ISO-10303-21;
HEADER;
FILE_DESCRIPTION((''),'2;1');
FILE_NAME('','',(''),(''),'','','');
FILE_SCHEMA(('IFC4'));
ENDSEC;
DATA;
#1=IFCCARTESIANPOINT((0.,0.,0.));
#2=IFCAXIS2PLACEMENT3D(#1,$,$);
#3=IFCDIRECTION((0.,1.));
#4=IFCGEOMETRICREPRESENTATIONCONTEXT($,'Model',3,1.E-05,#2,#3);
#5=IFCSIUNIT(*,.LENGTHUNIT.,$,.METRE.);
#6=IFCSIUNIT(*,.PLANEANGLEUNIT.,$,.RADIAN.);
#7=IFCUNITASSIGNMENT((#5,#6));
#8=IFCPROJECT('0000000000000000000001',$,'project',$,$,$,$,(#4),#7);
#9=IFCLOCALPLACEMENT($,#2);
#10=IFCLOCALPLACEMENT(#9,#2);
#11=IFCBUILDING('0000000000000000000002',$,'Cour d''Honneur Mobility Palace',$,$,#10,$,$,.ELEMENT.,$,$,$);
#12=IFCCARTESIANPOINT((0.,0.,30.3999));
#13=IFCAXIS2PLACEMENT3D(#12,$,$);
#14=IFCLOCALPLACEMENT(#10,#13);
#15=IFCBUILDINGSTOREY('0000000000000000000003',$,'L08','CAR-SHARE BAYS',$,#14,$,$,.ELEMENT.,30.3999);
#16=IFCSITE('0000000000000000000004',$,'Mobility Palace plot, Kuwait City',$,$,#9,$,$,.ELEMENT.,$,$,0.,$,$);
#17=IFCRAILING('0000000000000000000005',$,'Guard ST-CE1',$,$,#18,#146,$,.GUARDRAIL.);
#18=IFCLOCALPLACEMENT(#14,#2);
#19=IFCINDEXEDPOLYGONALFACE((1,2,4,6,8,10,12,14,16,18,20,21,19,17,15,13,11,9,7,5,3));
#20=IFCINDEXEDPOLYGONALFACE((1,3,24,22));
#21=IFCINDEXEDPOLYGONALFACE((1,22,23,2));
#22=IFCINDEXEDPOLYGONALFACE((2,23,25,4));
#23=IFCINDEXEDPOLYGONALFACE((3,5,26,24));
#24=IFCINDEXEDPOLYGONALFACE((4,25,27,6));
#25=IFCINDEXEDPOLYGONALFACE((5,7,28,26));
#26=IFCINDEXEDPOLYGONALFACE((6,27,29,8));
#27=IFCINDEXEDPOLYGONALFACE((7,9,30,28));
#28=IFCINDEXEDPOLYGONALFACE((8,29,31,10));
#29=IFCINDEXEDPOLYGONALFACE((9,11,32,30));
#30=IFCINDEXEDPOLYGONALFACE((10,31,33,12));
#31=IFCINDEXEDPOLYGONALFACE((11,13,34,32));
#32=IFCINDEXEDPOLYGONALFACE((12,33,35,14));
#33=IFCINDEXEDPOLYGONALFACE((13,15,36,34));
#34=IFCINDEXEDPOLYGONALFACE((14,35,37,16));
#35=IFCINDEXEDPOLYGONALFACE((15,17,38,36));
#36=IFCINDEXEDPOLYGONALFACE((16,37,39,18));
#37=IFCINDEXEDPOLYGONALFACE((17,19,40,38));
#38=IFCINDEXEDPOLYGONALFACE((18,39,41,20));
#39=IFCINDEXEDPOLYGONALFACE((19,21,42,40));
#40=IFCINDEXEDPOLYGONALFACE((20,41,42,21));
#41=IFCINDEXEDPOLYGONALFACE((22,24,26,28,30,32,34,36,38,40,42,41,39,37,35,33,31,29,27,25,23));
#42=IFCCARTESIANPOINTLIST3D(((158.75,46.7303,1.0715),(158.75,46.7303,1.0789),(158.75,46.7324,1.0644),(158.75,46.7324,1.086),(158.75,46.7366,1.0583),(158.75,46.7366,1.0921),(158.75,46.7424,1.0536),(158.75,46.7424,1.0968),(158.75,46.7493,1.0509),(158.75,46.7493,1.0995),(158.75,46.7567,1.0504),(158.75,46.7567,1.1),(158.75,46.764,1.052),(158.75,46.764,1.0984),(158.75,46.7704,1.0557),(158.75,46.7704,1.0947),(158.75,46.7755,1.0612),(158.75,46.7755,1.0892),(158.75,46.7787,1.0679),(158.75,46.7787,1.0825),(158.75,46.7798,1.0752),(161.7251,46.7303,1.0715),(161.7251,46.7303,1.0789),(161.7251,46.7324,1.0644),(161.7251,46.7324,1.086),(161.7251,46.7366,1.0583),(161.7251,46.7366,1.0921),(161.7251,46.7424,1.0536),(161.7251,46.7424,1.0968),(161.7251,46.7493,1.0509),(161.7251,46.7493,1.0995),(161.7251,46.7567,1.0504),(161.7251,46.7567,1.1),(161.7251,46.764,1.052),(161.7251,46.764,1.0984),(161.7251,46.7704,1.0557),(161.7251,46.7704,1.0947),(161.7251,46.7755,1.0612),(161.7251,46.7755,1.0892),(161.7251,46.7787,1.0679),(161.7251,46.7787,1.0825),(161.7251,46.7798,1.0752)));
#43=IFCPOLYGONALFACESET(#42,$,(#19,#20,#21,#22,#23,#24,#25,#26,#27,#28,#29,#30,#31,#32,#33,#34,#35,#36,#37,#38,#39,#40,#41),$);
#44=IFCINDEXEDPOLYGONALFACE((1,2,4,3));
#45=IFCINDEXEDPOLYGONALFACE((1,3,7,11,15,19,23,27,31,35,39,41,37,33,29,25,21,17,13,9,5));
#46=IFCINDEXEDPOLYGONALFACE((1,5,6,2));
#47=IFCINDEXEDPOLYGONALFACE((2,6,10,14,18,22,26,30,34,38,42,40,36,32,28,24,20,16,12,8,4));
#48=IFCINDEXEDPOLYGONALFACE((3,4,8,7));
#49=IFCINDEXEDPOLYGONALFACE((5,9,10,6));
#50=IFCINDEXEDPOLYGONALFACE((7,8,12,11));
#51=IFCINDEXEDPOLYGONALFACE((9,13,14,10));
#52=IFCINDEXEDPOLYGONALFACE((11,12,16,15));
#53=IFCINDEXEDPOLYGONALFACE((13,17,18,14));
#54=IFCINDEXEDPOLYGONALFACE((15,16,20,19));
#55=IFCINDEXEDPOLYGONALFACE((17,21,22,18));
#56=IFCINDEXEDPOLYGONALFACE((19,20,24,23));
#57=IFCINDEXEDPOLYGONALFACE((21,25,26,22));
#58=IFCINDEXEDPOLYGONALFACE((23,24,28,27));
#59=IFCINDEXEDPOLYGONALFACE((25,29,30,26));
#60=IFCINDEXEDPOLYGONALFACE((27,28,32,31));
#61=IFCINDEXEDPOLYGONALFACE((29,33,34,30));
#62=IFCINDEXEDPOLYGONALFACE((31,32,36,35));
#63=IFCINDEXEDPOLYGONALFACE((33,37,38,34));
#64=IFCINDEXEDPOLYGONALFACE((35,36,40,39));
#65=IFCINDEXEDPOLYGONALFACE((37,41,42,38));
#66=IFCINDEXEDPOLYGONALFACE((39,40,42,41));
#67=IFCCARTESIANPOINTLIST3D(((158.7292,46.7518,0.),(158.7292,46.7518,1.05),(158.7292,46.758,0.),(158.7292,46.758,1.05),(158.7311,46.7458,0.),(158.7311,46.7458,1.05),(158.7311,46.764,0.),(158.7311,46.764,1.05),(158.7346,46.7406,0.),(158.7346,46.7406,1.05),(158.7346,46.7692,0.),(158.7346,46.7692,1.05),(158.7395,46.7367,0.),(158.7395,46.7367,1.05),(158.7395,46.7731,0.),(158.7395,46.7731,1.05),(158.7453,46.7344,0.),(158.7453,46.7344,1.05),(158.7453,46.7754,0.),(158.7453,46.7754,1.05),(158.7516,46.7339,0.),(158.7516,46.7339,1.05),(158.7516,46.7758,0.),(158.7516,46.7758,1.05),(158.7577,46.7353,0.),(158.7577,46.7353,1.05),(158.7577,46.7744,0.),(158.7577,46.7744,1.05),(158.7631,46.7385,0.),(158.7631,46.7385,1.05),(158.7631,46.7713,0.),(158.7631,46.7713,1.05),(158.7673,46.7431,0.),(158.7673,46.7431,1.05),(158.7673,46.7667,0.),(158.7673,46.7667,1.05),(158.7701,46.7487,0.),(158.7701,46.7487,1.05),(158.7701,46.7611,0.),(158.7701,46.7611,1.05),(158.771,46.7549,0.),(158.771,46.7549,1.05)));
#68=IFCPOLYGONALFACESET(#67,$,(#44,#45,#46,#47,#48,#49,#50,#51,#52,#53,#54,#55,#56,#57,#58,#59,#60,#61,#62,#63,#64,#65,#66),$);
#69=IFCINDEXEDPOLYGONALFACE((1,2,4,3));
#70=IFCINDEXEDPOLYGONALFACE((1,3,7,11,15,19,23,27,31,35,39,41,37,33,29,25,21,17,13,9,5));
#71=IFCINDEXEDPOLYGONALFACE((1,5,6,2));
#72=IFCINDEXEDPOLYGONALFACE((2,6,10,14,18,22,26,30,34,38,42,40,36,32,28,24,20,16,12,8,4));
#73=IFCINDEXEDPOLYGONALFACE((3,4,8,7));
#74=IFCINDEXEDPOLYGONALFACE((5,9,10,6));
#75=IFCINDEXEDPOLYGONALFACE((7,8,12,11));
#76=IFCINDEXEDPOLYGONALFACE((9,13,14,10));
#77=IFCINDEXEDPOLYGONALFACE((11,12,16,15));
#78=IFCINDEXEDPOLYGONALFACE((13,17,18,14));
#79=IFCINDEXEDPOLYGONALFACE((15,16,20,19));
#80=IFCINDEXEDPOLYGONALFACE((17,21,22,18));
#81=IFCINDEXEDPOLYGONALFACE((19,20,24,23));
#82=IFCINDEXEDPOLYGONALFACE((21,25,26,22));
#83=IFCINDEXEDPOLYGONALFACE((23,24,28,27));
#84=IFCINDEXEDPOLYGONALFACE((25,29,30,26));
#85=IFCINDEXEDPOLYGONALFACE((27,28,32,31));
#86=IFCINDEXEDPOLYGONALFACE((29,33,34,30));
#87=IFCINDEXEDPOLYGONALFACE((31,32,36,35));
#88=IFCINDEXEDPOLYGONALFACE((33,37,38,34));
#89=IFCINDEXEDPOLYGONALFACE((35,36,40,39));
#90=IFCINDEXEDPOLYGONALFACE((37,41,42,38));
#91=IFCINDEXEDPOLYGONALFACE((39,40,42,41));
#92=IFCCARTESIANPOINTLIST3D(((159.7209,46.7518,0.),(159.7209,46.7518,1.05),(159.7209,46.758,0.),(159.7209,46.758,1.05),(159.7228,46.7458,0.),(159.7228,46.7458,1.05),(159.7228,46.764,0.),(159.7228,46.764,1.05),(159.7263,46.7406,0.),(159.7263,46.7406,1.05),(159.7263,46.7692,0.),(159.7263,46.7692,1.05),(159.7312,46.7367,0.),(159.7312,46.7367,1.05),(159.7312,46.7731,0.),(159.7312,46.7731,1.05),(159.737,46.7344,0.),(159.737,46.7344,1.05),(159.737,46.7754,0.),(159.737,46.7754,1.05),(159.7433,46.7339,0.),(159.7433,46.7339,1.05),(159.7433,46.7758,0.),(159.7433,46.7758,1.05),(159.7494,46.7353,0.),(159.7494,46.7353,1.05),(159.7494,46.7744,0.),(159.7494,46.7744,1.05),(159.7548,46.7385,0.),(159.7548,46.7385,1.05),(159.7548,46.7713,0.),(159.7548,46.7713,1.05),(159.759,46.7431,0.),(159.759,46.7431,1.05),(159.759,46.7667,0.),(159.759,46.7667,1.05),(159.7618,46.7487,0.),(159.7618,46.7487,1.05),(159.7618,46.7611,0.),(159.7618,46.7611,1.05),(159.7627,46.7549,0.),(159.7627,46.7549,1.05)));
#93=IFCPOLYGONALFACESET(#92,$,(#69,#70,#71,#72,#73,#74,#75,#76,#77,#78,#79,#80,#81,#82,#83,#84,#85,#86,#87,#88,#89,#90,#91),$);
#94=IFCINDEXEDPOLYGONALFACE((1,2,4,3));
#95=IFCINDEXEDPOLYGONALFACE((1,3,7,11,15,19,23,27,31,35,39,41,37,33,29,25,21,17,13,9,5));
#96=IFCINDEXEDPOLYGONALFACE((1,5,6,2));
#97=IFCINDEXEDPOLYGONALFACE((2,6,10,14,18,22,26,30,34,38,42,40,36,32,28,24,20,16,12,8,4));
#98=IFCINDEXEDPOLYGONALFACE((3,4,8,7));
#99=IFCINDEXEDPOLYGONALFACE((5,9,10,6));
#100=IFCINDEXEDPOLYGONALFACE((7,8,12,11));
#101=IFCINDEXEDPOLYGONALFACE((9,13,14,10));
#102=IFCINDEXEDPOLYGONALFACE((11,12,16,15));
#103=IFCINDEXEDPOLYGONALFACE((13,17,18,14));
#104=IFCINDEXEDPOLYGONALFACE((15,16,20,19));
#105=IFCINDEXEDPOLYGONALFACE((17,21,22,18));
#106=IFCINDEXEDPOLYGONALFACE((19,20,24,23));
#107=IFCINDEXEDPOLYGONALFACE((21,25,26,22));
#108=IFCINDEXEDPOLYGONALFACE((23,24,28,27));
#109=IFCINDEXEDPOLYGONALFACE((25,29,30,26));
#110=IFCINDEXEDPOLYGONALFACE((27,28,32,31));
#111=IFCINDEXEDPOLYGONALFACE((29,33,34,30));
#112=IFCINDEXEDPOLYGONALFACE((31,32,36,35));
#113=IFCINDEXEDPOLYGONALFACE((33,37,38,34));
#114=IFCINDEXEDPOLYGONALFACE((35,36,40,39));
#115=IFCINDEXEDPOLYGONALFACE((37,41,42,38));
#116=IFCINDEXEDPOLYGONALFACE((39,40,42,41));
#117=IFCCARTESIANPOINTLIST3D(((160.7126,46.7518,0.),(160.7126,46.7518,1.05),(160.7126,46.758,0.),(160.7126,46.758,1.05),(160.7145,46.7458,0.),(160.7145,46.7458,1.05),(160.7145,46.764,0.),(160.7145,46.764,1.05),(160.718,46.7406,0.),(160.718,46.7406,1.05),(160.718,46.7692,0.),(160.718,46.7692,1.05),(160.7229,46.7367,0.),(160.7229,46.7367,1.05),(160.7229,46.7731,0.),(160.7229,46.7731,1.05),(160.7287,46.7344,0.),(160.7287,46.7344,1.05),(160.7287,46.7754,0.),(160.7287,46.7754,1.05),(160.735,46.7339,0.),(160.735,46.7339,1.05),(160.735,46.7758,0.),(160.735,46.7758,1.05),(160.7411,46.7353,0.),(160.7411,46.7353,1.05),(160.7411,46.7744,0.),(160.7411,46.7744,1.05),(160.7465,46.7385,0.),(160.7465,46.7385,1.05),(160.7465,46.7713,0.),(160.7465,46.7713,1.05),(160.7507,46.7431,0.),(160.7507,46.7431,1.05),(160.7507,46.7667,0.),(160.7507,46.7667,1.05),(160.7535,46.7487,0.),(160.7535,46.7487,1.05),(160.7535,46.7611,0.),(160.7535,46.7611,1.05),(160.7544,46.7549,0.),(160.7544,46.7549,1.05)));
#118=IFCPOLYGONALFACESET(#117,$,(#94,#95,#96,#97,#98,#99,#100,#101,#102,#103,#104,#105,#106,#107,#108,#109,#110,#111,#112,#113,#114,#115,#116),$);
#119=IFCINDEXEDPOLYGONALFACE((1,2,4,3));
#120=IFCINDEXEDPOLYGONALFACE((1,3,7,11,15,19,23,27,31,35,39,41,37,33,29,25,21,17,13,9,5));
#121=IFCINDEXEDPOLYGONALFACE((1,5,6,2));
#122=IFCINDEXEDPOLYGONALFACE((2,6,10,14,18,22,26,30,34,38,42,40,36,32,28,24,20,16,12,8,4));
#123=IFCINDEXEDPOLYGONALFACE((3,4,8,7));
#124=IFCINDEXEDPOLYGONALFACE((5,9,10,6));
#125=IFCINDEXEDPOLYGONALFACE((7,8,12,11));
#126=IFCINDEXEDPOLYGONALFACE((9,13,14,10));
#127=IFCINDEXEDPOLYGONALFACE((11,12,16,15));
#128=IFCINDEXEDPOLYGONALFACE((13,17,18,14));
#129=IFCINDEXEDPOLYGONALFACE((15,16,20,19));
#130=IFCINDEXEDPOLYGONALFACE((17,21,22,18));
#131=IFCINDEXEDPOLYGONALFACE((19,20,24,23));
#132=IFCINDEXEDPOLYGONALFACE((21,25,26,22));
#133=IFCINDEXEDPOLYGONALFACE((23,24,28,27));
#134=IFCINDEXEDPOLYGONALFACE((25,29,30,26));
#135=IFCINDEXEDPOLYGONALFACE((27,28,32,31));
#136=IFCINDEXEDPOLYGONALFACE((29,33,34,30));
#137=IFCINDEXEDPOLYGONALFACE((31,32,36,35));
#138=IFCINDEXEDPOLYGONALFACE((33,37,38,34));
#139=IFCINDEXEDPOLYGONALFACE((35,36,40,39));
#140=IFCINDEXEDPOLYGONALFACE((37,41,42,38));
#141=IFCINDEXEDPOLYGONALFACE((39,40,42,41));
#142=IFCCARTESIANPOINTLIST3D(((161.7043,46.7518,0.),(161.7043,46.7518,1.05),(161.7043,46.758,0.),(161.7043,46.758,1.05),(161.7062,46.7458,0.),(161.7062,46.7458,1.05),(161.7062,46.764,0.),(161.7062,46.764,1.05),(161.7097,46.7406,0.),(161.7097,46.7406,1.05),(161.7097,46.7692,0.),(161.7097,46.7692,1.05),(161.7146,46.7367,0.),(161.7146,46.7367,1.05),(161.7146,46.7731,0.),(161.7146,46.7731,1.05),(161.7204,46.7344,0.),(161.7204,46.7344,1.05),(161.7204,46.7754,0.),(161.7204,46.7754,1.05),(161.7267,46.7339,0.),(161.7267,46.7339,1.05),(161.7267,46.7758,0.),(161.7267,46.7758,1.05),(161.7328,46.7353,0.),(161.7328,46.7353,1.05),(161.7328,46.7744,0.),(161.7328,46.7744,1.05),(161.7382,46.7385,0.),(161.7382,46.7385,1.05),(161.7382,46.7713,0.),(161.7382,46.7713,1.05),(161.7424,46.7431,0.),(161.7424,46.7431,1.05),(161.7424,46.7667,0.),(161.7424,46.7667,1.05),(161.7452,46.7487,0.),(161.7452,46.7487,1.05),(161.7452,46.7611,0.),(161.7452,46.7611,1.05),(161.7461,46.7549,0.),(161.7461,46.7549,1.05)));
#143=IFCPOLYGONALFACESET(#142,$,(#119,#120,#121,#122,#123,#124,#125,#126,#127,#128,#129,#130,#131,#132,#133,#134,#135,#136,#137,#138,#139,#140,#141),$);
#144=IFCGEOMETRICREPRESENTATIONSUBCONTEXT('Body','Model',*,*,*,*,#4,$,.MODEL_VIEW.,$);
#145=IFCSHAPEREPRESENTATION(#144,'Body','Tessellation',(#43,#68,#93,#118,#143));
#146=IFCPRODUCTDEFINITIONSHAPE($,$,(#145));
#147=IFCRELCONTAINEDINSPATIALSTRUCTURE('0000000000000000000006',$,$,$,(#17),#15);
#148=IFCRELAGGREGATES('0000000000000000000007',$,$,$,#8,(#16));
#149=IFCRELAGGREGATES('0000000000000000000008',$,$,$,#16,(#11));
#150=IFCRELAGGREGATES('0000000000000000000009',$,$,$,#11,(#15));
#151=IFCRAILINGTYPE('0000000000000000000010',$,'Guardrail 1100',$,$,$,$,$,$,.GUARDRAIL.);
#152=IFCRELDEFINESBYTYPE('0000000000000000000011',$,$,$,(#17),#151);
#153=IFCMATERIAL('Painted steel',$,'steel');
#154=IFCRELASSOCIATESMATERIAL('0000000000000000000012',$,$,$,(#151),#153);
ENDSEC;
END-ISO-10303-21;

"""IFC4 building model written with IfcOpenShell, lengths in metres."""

from ifc_helpers import new_model, si_unit, direction, frame, origin, origin_2d, place, context, subcontext, project, spatial, circle, extrude, material, type_object, element, save


model = new_model("IFC4")

# Units and contexts
model_context = context("Model", 3, precision=1e-05, world=origin(), true_north=direction((0.0, 1.0)))
body_context = subcontext(model_context, "Body", "Model", "MODEL_VIEW")
ifc_project = project(units=[si_unit("LENGTHUNIT", "METRE"), si_unit("PLANEANGLEUNIT", "RADIAN")], contexts=[model_context])

# Site, building, storey
site_placement = place(None, origin())
site = spatial("IfcSite", under=ifc_project, at=site_placement, Name="Mobility Palace plot, Kuwait City", CompositionType="ELEMENT", RefElevation=0.0)
building_placement = place(site_placement, origin())
building = spatial("IfcBuilding", under=site, at=building_placement, Name="Cour d'Honneur Mobility Palace", CompositionType="ELEMENT")
storey_placement = place(building_placement, frame((0.0, 0.0, 30.3999)))
storey = spatial("IfcBuildingStorey", under=building, at=storey_placement, Name="L08", Description="CAR-SHARE BAYS", CompositionType="ELEMENT", Elevation=30.3999)

# Railing
ifc_material_1 = material(Name="Painted steel", Category="steel")
railing_type_1 = type_object("IfcRailingType", Name="Guardrail 1100", PredefinedType="GUARDRAIL", material=ifc_material_1)
railing_1_placement = place(storey_placement, frame((158.75, 46.7549, 0.0)))
element("IfcRailing", 1, at=railing_1_placement, inside=storey, type_object=railing_type_1, Name="Guard ST-CE1", PredefinedType="GUARDRAIL", context=body_context, shape_type="SweptSolid", body=[
    extrude(circle(Radius=0.0249, at=origin_2d()), frame((0.0, 0.0, 1.0752), z_axis=(1.0, 0.0, 0.0), x_axis=(0.0, 1.0, 0.0)), (0.0, 0.0, 1.0), 2.9751),
    extrude(circle(Radius=0.021, at=origin_2d()), origin(), (0.0, 0.0, 1.0), 1.05),
    extrude(circle(Radius=0.021, at=origin_2d()), frame((0.9917, 0.0, 0.0)), (0.0, 0.0, 1.0), 1.05),
    extrude(circle(Radius=0.021, at=origin_2d()), frame((1.9834, 0.0, 0.0)), (0.0, 0.0, 1.0), 1.05),
    extrude(circle(Radius=0.021, at=origin_2d()), frame((2.9751, 0.0, 0.0)), (0.0, 0.0, 1.0), 1.05),
])

save(model, "model.ifc")
